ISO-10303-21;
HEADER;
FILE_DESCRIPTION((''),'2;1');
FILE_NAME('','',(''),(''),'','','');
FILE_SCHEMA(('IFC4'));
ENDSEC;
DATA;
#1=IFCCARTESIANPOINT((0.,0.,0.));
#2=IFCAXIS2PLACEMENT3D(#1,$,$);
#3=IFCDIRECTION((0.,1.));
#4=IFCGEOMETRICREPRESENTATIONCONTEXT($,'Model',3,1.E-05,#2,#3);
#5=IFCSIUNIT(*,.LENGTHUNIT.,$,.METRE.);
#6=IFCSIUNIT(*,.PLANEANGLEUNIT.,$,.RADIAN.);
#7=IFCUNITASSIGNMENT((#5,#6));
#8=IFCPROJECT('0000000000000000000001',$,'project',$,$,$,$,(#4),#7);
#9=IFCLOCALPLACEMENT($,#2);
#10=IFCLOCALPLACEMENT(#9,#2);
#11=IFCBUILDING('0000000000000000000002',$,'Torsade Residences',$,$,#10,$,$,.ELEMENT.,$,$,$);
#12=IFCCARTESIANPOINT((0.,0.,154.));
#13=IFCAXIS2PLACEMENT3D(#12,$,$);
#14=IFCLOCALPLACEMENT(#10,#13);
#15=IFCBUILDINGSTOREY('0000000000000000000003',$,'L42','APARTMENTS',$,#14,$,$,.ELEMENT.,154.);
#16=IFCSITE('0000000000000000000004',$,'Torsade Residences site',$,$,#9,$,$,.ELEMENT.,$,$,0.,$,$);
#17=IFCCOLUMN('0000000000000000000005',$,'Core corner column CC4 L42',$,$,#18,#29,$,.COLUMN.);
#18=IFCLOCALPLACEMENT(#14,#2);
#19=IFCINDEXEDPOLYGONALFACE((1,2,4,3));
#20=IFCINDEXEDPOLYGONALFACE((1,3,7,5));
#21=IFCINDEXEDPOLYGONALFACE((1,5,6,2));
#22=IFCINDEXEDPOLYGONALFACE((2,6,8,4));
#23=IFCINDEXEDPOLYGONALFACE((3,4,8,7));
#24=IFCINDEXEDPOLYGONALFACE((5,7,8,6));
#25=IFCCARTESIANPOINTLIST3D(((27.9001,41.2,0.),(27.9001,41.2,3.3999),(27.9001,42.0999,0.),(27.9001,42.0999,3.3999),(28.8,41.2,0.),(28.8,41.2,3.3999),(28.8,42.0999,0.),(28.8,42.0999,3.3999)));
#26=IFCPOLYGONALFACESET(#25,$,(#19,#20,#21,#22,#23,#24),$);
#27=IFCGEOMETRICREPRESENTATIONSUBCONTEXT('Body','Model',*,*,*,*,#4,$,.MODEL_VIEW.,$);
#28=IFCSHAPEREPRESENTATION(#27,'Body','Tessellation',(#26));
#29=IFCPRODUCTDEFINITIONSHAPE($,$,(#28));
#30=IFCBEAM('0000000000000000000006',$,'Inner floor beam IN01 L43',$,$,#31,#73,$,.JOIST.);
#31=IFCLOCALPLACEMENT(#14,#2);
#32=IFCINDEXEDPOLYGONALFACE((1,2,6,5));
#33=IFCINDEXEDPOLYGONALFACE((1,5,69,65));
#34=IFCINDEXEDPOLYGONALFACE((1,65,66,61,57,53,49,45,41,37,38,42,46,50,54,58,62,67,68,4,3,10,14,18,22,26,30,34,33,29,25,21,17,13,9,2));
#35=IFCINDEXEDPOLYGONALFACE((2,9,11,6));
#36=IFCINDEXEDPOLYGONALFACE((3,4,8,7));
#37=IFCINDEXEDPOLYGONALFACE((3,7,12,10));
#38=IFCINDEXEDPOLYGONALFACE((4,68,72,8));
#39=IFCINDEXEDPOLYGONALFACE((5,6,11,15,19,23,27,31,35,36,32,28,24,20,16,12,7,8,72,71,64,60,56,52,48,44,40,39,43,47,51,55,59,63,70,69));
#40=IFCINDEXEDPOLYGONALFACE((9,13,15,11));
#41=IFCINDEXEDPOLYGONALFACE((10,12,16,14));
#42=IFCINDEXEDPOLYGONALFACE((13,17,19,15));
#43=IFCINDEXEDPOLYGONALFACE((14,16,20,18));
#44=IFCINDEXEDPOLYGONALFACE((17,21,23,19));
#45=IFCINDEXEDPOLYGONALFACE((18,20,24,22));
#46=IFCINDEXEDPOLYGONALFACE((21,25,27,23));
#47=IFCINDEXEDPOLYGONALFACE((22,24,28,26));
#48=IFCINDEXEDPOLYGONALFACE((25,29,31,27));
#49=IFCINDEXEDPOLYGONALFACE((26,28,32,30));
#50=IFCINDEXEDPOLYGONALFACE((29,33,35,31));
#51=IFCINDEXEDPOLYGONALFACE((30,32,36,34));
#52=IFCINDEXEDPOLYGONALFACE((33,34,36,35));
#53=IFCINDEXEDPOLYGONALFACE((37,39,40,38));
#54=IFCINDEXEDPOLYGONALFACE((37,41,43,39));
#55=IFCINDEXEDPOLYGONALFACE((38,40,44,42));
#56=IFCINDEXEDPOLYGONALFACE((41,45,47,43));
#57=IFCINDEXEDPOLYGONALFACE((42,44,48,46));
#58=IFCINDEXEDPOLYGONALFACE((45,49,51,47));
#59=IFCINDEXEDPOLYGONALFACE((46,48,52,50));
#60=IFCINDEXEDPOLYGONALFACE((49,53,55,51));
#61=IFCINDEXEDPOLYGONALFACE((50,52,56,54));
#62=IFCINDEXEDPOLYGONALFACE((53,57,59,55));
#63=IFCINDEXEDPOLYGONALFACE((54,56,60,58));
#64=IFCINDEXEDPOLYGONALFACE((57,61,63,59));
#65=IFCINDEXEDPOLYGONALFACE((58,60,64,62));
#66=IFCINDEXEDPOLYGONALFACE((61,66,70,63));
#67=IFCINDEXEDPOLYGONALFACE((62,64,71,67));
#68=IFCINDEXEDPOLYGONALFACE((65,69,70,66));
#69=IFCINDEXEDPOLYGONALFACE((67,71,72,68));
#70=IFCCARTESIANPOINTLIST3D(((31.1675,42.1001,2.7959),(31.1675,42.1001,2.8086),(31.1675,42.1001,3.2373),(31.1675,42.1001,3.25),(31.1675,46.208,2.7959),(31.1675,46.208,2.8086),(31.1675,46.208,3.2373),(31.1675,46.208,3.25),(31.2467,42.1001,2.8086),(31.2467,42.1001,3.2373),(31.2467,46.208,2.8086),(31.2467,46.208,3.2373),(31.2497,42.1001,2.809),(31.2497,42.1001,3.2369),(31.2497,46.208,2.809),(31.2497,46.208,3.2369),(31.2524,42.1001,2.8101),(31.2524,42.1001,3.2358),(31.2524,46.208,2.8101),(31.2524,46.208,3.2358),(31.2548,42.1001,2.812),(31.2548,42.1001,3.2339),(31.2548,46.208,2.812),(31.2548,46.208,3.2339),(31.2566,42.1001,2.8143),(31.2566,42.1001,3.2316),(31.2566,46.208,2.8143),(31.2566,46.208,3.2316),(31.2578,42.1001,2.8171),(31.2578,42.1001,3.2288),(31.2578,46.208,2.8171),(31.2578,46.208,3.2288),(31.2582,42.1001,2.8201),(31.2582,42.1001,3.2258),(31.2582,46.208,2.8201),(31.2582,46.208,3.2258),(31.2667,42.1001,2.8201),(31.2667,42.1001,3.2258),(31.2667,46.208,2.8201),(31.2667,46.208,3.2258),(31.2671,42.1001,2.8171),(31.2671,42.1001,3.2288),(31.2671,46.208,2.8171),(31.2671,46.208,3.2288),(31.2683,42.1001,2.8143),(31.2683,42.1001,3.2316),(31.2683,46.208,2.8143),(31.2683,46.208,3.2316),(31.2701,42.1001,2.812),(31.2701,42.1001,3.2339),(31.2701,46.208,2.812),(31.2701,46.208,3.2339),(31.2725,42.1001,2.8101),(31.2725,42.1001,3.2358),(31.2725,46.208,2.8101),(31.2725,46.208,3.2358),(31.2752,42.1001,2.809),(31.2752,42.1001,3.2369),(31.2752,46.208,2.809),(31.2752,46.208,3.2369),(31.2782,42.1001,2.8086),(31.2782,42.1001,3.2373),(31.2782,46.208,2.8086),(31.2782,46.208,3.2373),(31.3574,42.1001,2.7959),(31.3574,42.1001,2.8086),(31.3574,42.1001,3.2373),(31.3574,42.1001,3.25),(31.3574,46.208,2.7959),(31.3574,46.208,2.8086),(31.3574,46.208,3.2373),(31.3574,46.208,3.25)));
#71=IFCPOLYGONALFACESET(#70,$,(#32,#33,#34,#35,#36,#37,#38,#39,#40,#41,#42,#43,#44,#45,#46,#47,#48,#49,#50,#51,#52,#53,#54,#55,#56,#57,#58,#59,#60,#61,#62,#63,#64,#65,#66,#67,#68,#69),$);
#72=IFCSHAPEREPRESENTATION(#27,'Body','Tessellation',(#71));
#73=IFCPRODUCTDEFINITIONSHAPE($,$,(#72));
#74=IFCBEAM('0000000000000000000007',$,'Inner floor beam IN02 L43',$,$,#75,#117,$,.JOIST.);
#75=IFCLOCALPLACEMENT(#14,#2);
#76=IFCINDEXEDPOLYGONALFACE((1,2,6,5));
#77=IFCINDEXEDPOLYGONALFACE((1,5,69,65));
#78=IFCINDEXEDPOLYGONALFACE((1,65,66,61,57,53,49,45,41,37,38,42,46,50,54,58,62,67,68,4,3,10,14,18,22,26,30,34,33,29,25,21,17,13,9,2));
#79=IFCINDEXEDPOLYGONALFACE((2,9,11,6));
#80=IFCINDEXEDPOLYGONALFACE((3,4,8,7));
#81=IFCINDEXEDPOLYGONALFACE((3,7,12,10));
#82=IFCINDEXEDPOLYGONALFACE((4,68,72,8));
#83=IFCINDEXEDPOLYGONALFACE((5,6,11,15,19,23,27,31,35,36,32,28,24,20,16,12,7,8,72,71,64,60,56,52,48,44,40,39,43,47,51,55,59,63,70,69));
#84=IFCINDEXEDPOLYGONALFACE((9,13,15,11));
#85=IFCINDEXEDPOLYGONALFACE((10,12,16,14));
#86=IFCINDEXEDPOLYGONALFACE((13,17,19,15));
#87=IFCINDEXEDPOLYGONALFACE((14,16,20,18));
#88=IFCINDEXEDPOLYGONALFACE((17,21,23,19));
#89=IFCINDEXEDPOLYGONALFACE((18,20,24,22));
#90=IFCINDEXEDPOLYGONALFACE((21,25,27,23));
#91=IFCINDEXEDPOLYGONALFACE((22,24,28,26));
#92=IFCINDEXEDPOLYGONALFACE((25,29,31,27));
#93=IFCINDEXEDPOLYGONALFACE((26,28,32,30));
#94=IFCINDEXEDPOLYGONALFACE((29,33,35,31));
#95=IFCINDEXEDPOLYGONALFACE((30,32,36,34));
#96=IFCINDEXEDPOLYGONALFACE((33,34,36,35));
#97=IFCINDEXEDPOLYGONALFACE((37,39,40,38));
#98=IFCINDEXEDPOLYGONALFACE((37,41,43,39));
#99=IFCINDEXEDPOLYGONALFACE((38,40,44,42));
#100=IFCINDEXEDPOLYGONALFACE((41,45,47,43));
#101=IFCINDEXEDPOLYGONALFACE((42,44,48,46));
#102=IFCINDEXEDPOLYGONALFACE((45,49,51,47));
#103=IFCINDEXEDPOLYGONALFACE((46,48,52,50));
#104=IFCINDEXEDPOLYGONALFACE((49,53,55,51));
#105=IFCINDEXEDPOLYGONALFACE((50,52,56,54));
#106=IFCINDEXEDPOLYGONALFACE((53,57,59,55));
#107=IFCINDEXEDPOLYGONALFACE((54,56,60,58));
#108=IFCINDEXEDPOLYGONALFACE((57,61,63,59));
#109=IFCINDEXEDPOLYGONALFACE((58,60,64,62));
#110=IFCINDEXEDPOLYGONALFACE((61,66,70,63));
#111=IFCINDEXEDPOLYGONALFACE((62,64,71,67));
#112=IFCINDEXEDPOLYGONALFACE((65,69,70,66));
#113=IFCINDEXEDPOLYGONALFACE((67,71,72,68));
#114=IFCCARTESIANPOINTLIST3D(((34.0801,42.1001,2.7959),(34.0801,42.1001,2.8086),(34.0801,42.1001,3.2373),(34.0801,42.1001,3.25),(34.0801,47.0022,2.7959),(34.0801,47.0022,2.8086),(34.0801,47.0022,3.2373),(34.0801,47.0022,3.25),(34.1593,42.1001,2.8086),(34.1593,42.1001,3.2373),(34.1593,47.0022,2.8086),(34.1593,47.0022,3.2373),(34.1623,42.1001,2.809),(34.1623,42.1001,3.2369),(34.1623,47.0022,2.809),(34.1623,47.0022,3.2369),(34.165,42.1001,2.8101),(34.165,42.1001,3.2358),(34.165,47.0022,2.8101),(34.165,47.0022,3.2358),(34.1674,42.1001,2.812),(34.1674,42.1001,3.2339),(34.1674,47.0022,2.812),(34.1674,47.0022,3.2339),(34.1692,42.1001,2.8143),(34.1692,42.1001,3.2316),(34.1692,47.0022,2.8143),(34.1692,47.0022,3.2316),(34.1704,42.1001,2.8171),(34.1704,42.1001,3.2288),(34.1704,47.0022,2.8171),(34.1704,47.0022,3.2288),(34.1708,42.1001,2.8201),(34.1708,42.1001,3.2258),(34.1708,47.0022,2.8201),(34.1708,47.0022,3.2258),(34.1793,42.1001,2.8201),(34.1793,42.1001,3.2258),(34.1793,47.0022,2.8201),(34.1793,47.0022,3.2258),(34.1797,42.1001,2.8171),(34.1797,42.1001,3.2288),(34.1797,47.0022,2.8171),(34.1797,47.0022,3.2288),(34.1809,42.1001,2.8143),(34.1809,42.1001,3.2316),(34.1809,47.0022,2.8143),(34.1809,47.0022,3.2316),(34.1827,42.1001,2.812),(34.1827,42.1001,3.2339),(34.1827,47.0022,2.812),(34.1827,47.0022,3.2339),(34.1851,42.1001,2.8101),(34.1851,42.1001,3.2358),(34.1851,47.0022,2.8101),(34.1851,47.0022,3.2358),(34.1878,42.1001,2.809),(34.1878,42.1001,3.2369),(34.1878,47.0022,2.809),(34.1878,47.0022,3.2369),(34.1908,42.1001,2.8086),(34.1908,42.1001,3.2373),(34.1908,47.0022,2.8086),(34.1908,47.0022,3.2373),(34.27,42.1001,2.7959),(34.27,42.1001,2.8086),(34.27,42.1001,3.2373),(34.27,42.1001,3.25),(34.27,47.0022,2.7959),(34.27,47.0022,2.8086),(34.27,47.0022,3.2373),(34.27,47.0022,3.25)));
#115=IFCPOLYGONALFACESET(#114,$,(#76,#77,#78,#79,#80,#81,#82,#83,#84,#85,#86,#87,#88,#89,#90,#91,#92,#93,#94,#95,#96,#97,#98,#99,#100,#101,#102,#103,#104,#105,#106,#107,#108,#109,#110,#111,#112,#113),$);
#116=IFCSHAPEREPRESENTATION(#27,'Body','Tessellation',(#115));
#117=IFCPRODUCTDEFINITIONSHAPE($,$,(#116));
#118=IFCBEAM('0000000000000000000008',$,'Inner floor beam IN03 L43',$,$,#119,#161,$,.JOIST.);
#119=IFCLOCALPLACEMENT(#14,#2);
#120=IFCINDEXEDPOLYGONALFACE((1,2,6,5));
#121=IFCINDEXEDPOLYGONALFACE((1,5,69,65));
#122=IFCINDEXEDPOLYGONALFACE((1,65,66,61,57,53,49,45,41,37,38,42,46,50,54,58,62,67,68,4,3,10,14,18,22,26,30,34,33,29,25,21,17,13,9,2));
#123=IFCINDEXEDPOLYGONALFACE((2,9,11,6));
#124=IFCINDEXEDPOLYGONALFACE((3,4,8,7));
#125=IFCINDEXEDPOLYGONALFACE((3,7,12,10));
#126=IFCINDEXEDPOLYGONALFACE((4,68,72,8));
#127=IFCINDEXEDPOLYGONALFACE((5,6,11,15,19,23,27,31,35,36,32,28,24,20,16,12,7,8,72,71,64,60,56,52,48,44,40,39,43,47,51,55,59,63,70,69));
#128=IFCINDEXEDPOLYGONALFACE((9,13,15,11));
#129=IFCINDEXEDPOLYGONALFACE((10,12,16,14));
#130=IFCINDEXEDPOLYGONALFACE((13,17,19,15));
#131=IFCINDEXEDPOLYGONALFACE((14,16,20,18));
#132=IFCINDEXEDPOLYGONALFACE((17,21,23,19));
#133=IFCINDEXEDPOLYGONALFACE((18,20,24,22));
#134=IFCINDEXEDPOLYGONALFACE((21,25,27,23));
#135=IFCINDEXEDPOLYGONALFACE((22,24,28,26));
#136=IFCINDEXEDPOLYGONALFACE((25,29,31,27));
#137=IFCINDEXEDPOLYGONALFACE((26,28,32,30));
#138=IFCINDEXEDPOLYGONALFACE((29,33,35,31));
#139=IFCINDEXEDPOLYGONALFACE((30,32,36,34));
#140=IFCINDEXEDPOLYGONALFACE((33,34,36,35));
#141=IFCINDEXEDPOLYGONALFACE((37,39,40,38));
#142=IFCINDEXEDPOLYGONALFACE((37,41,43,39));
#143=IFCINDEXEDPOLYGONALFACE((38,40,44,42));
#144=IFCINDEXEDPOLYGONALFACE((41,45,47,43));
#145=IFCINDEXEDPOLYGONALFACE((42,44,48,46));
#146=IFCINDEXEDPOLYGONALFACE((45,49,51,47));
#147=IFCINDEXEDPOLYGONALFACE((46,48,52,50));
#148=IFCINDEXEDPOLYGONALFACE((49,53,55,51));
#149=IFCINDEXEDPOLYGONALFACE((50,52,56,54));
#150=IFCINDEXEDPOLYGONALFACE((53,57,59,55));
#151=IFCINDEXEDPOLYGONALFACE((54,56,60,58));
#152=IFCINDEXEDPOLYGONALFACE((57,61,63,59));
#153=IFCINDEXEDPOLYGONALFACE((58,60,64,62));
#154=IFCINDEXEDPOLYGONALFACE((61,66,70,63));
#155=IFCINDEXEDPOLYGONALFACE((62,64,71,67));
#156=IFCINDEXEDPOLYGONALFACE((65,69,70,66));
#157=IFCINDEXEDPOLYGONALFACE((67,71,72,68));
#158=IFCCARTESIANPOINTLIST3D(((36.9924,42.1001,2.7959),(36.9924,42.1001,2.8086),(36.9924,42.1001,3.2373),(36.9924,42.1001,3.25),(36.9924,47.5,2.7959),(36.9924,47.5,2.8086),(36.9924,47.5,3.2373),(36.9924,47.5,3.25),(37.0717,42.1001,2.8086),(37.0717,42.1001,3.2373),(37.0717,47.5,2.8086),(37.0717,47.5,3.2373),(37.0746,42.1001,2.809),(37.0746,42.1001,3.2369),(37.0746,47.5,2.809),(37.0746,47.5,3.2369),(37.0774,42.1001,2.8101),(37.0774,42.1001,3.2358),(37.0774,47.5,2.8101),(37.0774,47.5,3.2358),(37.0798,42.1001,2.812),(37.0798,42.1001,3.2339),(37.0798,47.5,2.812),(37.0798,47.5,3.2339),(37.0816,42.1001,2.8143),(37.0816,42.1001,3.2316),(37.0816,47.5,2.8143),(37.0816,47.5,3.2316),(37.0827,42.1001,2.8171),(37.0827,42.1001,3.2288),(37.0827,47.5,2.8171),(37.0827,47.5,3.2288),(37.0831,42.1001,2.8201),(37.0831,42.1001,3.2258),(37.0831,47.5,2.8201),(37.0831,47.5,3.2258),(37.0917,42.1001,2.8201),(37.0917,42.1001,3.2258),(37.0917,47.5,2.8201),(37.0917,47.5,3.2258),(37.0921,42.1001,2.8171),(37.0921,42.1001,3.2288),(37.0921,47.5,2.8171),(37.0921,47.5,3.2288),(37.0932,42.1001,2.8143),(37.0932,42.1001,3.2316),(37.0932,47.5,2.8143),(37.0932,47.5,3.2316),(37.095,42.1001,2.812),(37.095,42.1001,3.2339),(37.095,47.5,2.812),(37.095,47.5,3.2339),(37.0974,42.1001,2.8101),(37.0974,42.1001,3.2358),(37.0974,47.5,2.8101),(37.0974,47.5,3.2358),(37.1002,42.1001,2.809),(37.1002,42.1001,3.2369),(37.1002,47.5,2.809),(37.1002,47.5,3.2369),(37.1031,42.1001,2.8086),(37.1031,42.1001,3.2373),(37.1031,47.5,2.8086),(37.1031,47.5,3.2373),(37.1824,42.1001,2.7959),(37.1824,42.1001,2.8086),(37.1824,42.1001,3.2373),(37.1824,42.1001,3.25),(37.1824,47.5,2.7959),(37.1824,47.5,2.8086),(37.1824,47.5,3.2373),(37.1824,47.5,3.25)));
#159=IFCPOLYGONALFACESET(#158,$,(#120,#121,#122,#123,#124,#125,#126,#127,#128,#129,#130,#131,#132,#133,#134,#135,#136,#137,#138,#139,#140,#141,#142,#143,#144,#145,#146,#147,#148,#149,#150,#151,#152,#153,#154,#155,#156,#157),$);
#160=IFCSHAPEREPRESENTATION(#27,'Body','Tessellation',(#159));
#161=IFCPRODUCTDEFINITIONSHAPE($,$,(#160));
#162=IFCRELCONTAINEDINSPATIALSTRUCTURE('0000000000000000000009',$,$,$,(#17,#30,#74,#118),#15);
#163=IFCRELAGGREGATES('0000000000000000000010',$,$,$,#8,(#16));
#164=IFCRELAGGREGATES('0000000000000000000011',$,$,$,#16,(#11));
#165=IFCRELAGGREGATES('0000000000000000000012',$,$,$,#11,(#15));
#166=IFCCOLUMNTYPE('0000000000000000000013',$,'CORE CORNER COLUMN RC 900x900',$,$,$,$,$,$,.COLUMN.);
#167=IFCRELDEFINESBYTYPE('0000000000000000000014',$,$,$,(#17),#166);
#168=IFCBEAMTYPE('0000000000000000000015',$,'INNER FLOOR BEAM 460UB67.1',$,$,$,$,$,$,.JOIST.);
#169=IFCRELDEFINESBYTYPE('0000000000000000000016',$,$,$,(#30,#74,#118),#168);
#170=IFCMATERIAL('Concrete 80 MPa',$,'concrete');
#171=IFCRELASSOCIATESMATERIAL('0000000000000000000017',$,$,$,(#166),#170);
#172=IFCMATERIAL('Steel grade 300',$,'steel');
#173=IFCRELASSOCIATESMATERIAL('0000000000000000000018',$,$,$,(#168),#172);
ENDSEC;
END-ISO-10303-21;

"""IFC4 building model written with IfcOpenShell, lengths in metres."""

from ifc_helpers import new_model, si_unit, direction, frame, origin, origin_2d, place, context, subcontext, project, spatial, rectangle, i_section, extrude, material, material_profile, profile_set, type_object, element, save


model = new_model("IFC4")

# Units and contexts
model_context = context("Model", 3, precision=1e-05, world=origin(), true_north=direction((0.0, 1.0)))
body_context = subcontext(model_context, "Body", "Model", "MODEL_VIEW")
ifc_project = project(units=[si_unit("LENGTHUNIT", "METRE"), si_unit("PLANEANGLEUNIT", "RADIAN")], contexts=[model_context])

# Site, building, storey
site_placement = place(None, origin())
site = spatial("IfcSite", under=ifc_project, at=site_placement, Name="Torsade Residences site", CompositionType="ELEMENT", RefElevation=0.0)
building_placement = place(site_placement, origin())
building = spatial("IfcBuilding", under=site, at=building_placement, Name="Torsade Residences", CompositionType="ELEMENT")
storey_placement = place(building_placement, frame((0.0, 0.0, 154.0)))
storey = spatial("IfcBuildingStorey", under=building, at=storey_placement, Name="L42", Description="APARTMENTS", CompositionType="ELEMENT", Elevation=154.0)

# Column
ifc_material_1 = material(Name="Concrete 80 MPa", Category="concrete")
ifc_material_profile_1 = material_profile(ifc_material_1, rectangle(XDim=0.8999, YDim=0.8999, at=origin_2d()), Name="RC 900x900")
ifc_profile_set_1 = profile_set([ifc_material_profile_1], Name="Concrete 80 MPa")
column_type = type_object("IfcColumnType", Name="CORE CORNER COLUMN RC 900x900", PredefinedType="COLUMN", material=ifc_profile_set_1)
column_placement = place(storey_placement, frame((28.3501, 41.6499, 0.0), z_axis=(0.0, 0.0, 1.0), x_axis=(1.0, 0.0, 0.0)))
element("IfcColumn", 1, at=column_placement, inside=storey, type_object=column_type, Name="Core corner column CC4 L42", PredefinedType="COLUMN", context=body_context, shape_type="SweptSolid", body=[
    extrude(rectangle(XDim=0.8999, YDim=0.8999, at=origin_2d()), origin(), (0.0, 0.0, 1.0), 3.3999),
])

# Beams
ifc_material_2 = material(Name="Steel grade 300", Category="steel")
ifc_material_profile_2 = material_profile(ifc_material_2, i_section(OverallWidth=0.1899, OverallDepth=0.4541, WebThickness=0.0085, FlangeThickness=0.0127, FilletRadius=0.0115, at=origin_2d()), Name="460UB67.1")
ifc_profile_set_2 = profile_set([ifc_material_profile_2], Name="Steel grade 300")
beam_type = type_object("IfcBeamType", Name="INNER FLOOR BEAM 460UB67.1", PredefinedType="JOIST", material=ifc_profile_set_2)
beam_1_placement = place(storey_placement, frame((31.2625, 42.1001, 3.0229), z_axis=(0.0, 1.0, 0.0), x_axis=(-1.0, 0.0, 0.0)))
element("IfcBeam", 2, at=beam_1_placement, inside=storey, type_object=beam_type, Name="Inner floor beam IN01 L43", PredefinedType="JOIST", context=body_context, shape_type="SweptSolid", body=[
    extrude(i_section(OverallWidth=0.1899, OverallDepth=0.4541, WebThickness=0.0085, FlangeThickness=0.0127, FilletRadius=0.0115, at=origin_2d()), origin(), (0.0, 0.0, 1.0), 4.1079),
])
beam_2_placement = place(storey_placement, frame((34.175, 42.1001, 3.0229), z_axis=(0.0, 1.0, 0.0), x_axis=(-1.0, 0.0, 0.0)))
element("IfcBeam", 3, at=beam_2_placement, inside=storey, type_object=beam_type, Name="Inner floor beam IN02 L43", PredefinedType="JOIST", context=body_context, shape_type="SweptSolid", body=[
    extrude(i_section(OverallWidth=0.1899, OverallDepth=0.4541, WebThickness=0.0085, FlangeThickness=0.0127, FilletRadius=0.0115, at=origin_2d()), origin(), (0.0, 0.0, 1.0), 4.9021),
])
beam_3_placement = place(storey_placement, frame((37.0874, 42.1001, 3.0229), z_axis=(0.0, 1.0, 0.0), x_axis=(-1.0, 0.0, 0.0)))
element("IfcBeam", 4, at=beam_3_placement, inside=storey, type_object=beam_type, Name="Inner floor beam IN03 L43", PredefinedType="JOIST", context=body_context, shape_type="SweptSolid", body=[
    extrude(i_section(OverallWidth=0.1899, OverallDepth=0.4541, WebThickness=0.0085, FlangeThickness=0.0127, FilletRadius=0.0115, at=origin_2d()), origin(), (0.0, 0.0, 1.0), 5.3999),
])

save(model, "model.ifc")
